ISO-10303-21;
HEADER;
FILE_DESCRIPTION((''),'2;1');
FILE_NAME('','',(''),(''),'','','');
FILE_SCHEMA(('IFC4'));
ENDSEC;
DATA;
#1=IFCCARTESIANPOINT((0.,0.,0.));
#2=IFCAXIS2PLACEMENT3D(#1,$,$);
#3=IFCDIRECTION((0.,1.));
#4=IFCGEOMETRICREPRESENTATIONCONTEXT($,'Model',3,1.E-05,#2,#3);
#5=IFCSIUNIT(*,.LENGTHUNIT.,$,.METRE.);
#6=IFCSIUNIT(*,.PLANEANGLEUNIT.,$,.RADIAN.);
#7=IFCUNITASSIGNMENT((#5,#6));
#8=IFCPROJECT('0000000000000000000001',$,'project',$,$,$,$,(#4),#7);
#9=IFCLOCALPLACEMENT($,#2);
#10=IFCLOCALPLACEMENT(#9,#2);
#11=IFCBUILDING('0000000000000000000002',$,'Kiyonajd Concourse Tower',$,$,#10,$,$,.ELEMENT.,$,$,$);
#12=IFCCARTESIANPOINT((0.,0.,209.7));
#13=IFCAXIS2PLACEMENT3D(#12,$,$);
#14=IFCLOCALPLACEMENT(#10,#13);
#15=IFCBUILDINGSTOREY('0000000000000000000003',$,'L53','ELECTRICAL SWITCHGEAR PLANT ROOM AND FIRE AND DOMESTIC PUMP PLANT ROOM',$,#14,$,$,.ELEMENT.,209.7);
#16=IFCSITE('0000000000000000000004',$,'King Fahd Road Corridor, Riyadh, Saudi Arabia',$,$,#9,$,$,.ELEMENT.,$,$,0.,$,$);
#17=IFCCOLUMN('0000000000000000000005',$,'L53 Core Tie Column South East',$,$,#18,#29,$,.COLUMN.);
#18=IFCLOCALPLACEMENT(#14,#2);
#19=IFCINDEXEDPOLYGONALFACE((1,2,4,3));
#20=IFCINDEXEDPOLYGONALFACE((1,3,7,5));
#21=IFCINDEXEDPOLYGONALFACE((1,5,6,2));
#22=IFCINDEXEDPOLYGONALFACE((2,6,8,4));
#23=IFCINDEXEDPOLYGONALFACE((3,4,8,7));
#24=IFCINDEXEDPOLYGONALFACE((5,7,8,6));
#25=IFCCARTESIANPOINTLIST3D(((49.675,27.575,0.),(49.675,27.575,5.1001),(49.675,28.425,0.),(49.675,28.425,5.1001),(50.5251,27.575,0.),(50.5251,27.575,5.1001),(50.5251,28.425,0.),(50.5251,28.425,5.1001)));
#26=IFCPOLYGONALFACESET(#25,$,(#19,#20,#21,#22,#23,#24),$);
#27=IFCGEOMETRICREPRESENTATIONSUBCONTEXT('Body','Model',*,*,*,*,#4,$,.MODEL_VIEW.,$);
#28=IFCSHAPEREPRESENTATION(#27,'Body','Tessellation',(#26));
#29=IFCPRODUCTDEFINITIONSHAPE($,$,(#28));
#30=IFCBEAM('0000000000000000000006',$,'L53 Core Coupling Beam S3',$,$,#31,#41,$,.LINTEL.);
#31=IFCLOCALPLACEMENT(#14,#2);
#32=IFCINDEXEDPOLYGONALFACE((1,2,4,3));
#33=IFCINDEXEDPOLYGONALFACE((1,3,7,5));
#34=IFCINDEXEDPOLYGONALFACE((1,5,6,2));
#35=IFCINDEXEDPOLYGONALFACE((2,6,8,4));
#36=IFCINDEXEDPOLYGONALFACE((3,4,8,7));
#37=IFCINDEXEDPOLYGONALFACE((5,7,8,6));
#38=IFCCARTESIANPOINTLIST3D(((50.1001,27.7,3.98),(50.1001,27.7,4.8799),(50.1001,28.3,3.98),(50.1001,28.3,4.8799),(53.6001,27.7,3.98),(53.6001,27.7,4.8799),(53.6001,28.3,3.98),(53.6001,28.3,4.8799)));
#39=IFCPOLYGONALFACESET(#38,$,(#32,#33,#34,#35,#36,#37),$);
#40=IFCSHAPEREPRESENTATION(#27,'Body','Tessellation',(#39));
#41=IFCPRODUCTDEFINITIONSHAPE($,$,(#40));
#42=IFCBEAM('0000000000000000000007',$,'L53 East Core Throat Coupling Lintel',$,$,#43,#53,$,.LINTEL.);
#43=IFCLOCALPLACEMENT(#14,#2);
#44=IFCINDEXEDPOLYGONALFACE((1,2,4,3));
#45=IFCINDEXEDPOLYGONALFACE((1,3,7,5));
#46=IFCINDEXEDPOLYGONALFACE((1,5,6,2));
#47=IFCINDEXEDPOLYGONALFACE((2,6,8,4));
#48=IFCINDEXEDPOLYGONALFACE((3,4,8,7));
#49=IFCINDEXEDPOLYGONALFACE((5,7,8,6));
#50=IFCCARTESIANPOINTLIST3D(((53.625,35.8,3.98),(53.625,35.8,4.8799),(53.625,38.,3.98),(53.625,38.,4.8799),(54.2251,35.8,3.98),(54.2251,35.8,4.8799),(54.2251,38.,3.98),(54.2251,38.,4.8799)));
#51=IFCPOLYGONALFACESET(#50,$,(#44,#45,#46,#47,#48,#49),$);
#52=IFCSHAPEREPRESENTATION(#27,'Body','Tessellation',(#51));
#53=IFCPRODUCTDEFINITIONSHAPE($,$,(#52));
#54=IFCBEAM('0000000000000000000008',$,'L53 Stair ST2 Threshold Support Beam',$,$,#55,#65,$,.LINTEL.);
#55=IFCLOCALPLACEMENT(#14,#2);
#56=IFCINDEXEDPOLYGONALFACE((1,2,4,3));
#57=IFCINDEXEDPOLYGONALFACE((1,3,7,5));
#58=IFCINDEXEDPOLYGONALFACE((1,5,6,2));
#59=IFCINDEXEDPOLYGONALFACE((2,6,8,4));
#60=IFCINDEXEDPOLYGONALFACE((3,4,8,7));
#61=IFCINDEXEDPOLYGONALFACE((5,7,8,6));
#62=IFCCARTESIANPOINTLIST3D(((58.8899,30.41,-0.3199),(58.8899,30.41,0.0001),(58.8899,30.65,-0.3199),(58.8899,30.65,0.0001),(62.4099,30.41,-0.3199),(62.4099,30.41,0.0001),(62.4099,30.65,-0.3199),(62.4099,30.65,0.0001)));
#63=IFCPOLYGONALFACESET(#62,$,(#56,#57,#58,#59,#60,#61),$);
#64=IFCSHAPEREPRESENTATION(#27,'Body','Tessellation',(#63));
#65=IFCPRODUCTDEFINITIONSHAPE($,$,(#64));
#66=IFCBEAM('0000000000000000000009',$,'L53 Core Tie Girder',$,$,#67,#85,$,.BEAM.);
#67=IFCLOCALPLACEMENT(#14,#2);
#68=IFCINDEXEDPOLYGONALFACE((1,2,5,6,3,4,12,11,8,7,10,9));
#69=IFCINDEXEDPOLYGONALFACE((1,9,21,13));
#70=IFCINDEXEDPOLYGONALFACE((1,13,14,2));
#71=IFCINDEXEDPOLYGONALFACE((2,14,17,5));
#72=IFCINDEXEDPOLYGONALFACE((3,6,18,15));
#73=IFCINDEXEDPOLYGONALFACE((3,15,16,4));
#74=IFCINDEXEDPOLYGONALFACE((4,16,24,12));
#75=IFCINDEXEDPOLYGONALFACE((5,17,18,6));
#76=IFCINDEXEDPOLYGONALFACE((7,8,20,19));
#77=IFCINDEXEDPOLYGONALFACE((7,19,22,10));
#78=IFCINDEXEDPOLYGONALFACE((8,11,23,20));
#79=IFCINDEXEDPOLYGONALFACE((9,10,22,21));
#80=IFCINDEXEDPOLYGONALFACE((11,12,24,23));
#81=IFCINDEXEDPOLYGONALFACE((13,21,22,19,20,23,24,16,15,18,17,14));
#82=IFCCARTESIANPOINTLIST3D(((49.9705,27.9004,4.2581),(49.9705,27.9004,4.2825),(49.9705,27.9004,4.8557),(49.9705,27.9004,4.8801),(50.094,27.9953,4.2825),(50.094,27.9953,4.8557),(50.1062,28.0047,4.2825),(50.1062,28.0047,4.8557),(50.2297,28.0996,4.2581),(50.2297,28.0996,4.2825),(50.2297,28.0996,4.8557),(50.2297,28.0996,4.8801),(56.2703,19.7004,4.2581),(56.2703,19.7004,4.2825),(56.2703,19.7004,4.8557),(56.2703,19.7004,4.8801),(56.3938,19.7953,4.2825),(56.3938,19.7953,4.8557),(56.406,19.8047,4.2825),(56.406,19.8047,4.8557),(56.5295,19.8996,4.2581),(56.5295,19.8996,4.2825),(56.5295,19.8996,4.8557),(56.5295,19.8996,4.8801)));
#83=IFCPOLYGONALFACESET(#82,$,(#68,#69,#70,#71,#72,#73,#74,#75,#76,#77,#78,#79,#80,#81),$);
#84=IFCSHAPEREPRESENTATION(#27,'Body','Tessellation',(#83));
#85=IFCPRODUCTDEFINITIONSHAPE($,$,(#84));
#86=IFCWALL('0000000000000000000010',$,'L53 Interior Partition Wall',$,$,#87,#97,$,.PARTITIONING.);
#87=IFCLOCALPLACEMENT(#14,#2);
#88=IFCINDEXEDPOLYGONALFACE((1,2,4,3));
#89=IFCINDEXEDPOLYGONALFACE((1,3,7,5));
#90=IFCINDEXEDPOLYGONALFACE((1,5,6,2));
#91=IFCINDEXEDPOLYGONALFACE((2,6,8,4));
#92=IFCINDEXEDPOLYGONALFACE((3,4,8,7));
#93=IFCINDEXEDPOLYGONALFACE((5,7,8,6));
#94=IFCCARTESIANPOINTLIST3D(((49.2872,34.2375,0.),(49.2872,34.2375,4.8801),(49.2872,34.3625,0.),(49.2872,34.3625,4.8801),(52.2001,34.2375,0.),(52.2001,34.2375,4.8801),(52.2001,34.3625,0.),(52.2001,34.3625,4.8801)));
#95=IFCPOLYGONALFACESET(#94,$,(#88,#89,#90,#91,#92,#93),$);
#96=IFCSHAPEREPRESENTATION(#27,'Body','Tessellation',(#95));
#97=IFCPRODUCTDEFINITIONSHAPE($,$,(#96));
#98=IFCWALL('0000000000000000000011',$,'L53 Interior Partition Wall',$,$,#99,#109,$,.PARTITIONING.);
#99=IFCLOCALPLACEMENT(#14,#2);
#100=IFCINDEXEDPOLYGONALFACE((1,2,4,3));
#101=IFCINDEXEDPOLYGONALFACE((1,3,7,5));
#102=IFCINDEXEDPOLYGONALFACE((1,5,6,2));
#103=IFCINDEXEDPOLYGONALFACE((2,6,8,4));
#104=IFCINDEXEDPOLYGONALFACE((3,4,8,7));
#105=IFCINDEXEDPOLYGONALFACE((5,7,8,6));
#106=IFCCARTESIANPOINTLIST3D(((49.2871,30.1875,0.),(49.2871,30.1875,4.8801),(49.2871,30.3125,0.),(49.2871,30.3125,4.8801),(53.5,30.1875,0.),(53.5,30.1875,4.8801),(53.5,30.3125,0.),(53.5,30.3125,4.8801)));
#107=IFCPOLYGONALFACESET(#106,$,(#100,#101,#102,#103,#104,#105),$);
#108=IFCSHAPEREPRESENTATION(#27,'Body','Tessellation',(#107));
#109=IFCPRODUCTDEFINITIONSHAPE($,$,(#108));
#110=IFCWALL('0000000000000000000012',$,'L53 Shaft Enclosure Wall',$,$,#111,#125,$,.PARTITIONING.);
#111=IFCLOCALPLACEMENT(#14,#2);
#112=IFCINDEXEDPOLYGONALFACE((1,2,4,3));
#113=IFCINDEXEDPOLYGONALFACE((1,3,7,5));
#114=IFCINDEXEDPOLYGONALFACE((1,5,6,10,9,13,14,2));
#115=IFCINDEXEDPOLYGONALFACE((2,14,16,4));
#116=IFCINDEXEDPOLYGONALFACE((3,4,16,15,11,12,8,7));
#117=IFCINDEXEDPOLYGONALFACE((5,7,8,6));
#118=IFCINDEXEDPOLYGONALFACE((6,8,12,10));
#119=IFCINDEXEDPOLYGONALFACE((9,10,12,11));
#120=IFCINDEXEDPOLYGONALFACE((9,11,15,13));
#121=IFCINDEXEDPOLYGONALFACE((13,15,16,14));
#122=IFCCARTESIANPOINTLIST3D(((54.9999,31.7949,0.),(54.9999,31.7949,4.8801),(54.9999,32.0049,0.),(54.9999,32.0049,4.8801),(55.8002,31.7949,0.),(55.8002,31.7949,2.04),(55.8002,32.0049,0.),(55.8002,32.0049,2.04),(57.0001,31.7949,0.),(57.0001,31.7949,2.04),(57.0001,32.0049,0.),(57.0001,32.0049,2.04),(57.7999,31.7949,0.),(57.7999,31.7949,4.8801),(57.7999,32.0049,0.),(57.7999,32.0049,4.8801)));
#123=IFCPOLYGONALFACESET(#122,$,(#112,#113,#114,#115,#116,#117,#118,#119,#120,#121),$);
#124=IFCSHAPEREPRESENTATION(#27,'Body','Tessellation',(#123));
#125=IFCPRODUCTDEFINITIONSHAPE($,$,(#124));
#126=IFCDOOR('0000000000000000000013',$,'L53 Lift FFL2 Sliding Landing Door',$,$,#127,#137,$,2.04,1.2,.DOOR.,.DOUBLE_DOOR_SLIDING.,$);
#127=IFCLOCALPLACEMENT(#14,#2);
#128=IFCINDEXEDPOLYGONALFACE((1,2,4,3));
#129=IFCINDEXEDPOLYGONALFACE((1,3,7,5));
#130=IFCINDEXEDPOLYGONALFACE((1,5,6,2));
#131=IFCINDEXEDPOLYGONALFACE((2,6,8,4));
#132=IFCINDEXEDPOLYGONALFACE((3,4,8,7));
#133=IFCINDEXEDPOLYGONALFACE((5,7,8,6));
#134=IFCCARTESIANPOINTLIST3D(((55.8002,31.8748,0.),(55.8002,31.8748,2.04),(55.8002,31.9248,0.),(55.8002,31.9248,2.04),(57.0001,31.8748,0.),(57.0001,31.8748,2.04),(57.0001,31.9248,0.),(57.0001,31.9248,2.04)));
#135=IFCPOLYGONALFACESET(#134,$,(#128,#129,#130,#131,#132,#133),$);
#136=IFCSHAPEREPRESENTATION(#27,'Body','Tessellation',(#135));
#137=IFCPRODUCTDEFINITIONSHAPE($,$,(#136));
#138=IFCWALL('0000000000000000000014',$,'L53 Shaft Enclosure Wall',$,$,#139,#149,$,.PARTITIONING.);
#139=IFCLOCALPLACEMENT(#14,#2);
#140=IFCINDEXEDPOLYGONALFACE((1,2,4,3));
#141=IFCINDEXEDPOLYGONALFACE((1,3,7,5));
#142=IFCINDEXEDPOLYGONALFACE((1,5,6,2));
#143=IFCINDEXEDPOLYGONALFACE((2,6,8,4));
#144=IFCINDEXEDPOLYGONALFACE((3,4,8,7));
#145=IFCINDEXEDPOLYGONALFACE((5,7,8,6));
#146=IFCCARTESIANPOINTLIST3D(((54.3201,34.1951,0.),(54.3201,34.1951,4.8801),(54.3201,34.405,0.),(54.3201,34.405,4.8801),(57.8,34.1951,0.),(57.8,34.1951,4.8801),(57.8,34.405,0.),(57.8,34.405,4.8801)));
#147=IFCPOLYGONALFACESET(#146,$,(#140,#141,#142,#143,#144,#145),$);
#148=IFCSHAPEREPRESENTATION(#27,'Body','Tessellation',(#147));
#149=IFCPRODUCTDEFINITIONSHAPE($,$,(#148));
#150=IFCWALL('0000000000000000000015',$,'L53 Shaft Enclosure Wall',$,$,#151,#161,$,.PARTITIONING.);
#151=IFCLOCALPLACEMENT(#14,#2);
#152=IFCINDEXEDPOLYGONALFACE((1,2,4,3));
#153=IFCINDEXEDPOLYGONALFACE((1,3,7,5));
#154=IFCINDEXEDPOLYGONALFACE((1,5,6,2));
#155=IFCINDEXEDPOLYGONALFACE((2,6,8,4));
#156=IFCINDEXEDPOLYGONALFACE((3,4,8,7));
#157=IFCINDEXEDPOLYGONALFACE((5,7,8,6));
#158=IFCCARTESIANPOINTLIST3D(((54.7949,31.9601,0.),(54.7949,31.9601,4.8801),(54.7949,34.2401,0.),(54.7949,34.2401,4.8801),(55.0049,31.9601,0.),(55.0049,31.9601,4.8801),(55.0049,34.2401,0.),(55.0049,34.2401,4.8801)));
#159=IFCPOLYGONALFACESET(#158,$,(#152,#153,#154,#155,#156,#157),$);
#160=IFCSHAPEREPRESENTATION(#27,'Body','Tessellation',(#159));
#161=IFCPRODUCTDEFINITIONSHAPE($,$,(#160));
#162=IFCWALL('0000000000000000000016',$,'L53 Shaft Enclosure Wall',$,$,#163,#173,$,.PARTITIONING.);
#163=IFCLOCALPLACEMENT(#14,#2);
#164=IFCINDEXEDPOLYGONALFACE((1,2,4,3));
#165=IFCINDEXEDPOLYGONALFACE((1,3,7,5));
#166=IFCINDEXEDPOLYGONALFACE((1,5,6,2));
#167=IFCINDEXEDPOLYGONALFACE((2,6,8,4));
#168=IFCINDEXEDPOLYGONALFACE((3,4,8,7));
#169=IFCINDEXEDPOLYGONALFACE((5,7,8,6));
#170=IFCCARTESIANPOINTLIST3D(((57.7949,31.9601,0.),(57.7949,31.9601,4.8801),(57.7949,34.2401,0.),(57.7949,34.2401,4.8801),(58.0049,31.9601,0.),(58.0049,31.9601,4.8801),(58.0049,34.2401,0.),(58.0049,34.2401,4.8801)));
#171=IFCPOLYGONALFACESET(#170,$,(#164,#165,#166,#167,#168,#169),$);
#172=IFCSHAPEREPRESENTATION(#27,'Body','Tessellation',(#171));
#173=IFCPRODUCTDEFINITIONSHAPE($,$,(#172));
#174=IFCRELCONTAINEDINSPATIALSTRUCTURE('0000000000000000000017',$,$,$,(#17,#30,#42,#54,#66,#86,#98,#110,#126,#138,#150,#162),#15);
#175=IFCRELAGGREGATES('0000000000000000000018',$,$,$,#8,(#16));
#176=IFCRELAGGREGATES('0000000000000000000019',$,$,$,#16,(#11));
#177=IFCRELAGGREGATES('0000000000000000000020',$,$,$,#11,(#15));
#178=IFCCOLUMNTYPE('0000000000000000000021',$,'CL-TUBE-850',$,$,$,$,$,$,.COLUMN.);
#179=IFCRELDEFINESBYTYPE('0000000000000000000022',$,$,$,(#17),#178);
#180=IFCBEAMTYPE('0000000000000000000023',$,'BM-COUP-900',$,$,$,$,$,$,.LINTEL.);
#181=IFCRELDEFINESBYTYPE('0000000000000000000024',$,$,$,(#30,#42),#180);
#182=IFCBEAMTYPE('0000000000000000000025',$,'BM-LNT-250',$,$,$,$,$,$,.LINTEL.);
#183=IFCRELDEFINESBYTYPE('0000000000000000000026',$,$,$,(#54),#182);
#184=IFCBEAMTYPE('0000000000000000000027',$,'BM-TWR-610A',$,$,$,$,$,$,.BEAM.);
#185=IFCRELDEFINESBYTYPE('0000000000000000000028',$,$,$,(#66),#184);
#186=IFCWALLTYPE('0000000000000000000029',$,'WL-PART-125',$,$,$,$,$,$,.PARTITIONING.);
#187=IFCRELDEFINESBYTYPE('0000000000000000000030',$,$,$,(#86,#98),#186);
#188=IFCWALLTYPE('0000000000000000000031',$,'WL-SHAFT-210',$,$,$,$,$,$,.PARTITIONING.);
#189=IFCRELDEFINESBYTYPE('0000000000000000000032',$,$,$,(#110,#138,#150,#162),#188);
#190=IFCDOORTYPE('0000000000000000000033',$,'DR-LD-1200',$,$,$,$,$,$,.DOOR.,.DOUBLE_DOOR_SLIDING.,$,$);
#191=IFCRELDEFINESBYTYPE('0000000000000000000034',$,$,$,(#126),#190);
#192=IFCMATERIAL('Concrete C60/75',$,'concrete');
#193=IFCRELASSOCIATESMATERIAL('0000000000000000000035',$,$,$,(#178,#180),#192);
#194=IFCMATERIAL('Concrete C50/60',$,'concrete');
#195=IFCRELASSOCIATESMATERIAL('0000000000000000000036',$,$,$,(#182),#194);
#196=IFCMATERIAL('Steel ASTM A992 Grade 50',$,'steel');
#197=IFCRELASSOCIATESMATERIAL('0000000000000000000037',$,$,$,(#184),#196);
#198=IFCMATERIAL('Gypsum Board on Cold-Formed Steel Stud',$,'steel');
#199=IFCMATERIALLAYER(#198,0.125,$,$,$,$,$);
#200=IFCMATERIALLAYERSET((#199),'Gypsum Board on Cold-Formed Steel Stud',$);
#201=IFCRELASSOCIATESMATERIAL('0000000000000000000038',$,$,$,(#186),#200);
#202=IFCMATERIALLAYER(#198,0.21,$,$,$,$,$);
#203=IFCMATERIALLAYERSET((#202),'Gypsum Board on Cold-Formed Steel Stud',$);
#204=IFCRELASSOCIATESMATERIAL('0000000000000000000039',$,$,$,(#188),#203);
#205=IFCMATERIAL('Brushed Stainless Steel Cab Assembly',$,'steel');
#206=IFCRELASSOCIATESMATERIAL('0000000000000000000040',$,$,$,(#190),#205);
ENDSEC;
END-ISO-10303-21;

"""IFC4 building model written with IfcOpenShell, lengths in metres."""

from ifc_helpers import new_model, si_unit, direction, frame, frame_2d, origin, origin_2d, place, context, subcontext, project, spatial, rectangle, i_section, extrude, material, layer, layer_set, material_profile, profile_set, type_object, element, fill, save


model = new_model("IFC4")

# Units and contexts
model_context = context("Model", 3, precision=1e-05, world=origin(), true_north=direction((0.0, 1.0)))
body_context = subcontext(model_context, "Body", "Model", "MODEL_VIEW")
ifc_project = project(units=[si_unit("LENGTHUNIT", "METRE"), si_unit("PLANEANGLEUNIT", "RADIAN")], contexts=[model_context])

# Site, building, storey
site_placement = place(None, origin())
site = spatial("IfcSite", under=ifc_project, at=site_placement, Name="King Fahd Road Corridor, Riyadh, Saudi Arabia", CompositionType="ELEMENT", RefElevation=0.0)
building_placement = place(site_placement, origin())
building = spatial("IfcBuilding", under=site, at=building_placement, Name="Kiyonajd Concourse Tower", CompositionType="ELEMENT")
storey_placement = place(building_placement, frame((0.0, 0.0, 209.7)))
storey = spatial("IfcBuildingStorey", under=building, at=storey_placement, Name="L53", Description="ELECTRICAL SWITCHGEAR PLANT ROOM AND FIRE AND DOMESTIC PUMP PLANT ROOM", CompositionType="ELEMENT", Elevation=209.7)

# Column
ifc_material_1 = material(Name="Concrete C60/75", Category="concrete")
ifc_material_profile_1 = material_profile(ifc_material_1, rectangle(XDim=0.8501, YDim=0.8501, at=origin_2d()), Name="RC-850x850")
ifc_profile_set_1 = profile_set([ifc_material_profile_1], Name="Concrete C60/75")
column_type = type_object("IfcColumnType", Name="CL-TUBE-850", PredefinedType="COLUMN", material=ifc_profile_set_1)
column_placement = place(storey_placement, frame((50.1001, 28.0, 0.0), z_axis=(0.0, 0.0, 1.0), x_axis=(1.0, 0.0, 0.0)))
element("IfcColumn", 1, at=column_placement, inside=storey, type_object=column_type, Name="L53 Core Tie Column South East", PredefinedType="COLUMN", context=body_context, shape_type="SweptSolid", body=[
    extrude(rectangle(XDim=0.8501, YDim=0.8501, at=origin_2d()), origin(), (0.0, 0.0, 1.0), 5.1001),
])

# Beams
ifc_material_profile_2 = material_profile(ifc_material_1, rectangle(XDim=0.6001, YDim=0.8999, at=origin_2d()), Name="RCBM-600x900")
ifc_profile_set_2 = profile_set([ifc_material_profile_2], Name="Concrete C60/75")
beam_type_1 = type_object("IfcBeamType", Name="BM-COUP-900", PredefinedType="LINTEL", material=ifc_profile_set_2)
beam_1_placement = place(storey_placement, frame((50.1001, 28.0, 4.4299), z_axis=(1.0, 0.0, 0.0), x_axis=(0.0, 1.0, 0.0)))
element("IfcBeam", 2, at=beam_1_placement, inside=storey, type_object=beam_type_1, Name="L53 Core Coupling Beam S3", PredefinedType="LINTEL", context=body_context, shape_type="SweptSolid", body=[
    extrude(rectangle(XDim=0.6001, YDim=0.8999, at=origin_2d()), origin(), (0.0, 0.0, 1.0), 3.5),
])
beam_2_placement = place(storey_placement, frame((53.925, 35.8, 4.4299), z_axis=(0.0, 1.0, 0.0), x_axis=(-1.0, 0.0, 0.0)))
element("IfcBeam", 3, at=beam_2_placement, inside=storey, type_object=beam_type_1, Name="L53 East Core Throat Coupling Lintel", PredefinedType="LINTEL", context=body_context, shape_type="SweptSolid", body=[
    extrude(rectangle(XDim=0.6001, YDim=0.8999, at=origin_2d()), origin(), (0.0, 0.0, 1.0), 2.2),
])
ifc_material_2 = material(Name="Concrete C50/60", Category="concrete")
ifc_material_profile_3 = material_profile(ifc_material_2, rectangle(XDim=0.24, YDim=0.3201, at=origin_2d()), Name="RCBM-240x320")
ifc_profile_set_3 = profile_set([ifc_material_profile_3], Name="Concrete C50/60")
beam_type_2 = type_object("IfcBeamType", Name="BM-LNT-250", PredefinedType="LINTEL", material=ifc_profile_set_3)
beam_3_placement = place(storey_placement, frame((58.8899, 30.53, -0.1599), z_axis=(1.0, 0.0, 0.0), x_axis=(0.0, 1.0, 0.0)))
element("IfcBeam", 4, at=beam_3_placement, inside=storey, type_object=beam_type_2, Name="L53 Stair ST2 Threshold Support Beam", PredefinedType="LINTEL", context=body_context, shape_type="SweptSolid", body=[
    extrude(rectangle(XDim=0.24, YDim=0.3201, at=origin_2d()), origin(), (0.0, 0.0, 1.0), 3.52),
])
ifc_material_3 = material(Name="Steel ASTM A992 Grade 50", Category="steel")
ifc_material_profile_4 = material_profile(ifc_material_3, i_section(OverallWidth=0.3269, OverallDepth=0.6221, WebThickness=0.0154, FlangeThickness=0.0244, at=origin_2d()), Name="W610X195")
ifc_profile_set_4 = profile_set([ifc_material_profile_4], Name="Steel ASTM A992 Grade 50")
beam_type_3 = type_object("IfcBeamType", Name="BM-TWR-610A", PredefinedType="BEAM", material=ifc_profile_set_4)
beam_4_placement = place(storey_placement, frame((50.1001, 28.0, 4.5691), z_axis=(0.609234, -0.792991, 0.0), x_axis=(0.792991, 0.609234, 0.0)))
element("IfcBeam", 5, at=beam_4_placement, inside=storey, type_object=beam_type_3, Name="L53 Core Tie Girder", PredefinedType="BEAM", context=body_context, shape_type="SweptSolid", body=[
    extrude(i_section(OverallWidth=0.3269, OverallDepth=0.6221, WebThickness=0.0154, FlangeThickness=0.0244, at=origin_2d()), origin(), (0.0, 0.0, 1.0), 10.3406),
])

# Walls
ifc_material_4 = material(Name="Gypsum Board on Cold-Formed Steel Stud", Category="steel")
ifc_layer_1 = layer(ifc_material_4, 0.125)
ifc_layer_set_1 = layer_set([ifc_layer_1], Name="Gypsum Board on Cold-Formed Steel Stud")
wall_type_1 = type_object("IfcWallType", Name="WL-PART-125", PredefinedType="PARTITIONING", material=ifc_layer_set_1)
wall_1_placement = place(storey_placement, frame((49.2871, 34.3, 0.0), z_axis=(0.0, 0.0, 1.0), x_axis=(1.0, 0.0, 0.0)))
element("IfcWall", 6, at=wall_1_placement, inside=storey, type_object=wall_type_1, Name="L53 Interior Partition Wall", PredefinedType="PARTITIONING", context=body_context, shape_type="SweptSolid", body=[
    extrude(rectangle(XDim=2.9128, YDim=0.125, at=frame_2d((1.4565, 0.0))), origin(), (0.0, 0.0, 1.0), 4.8801),
])
wall_2_placement = place(storey_placement, frame((49.2871, 30.25, 0.0), z_axis=(0.0, 0.0, 1.0), x_axis=(1.0, 0.0, 0.0)))
element("IfcWall", 7, at=wall_2_placement, inside=storey, type_object=wall_type_1, Name="L53 Interior Partition Wall", PredefinedType="PARTITIONING", context=body_context, shape_type="SweptSolid", body=[
    extrude(rectangle(XDim=4.2129, YDim=0.125, at=frame_2d((2.1064, 0.0))), origin(), (0.0, 0.0, 1.0), 4.8801),
])

# Wall, opening, door
ifc_layer_2 = layer(ifc_material_4, 0.21)
ifc_layer_set_2 = layer_set([ifc_layer_2], Name="Gypsum Board on Cold-Formed Steel Stud")
wall_type_2 = type_object("IfcWallType", Name="WL-SHAFT-210", PredefinedType="PARTITIONING", material=ifc_layer_set_2)
wall_3_placement = place(storey_placement, frame((55.0, 31.8999, 0.0), z_axis=(0.0, 0.0, 1.0), x_axis=(1.0, 0.0, 0.0)))
wall_3 = element("IfcWall", 8, at=wall_3_placement, inside=storey, type_object=wall_type_2, Name="L53 Shaft Enclosure Wall", PredefinedType="PARTITIONING", context=body_context, shape_type="SweptSolid", body=[
    extrude(rectangle(XDim=2.8, YDim=0.21, at=frame_2d((1.3999, 0.0))), origin(), (0.0, 0.0, 1.0), 4.8801),
])
opening_1_placement = place(wall_3_placement, frame((0.8, 0.0, 0.0)))
opening_1 = element("IfcOpeningElement", 9, at=opening_1_placement, cuts=wall_3, PredefinedType="OPENING", context=body_context, shape_type="SweptSolid", body=[
    extrude(rectangle(XDim=1.2, YDim=2.04, at=frame_2d((0.6001, 1.02))), frame((0.0, 0.115, 0.0), z_axis=(0.0, -1.0, 0.0), x_axis=(1.0, 0.0, 0.0)), (0.0, 0.0, 1.0), 0.23),
])
ifc_material_5 = material(Name="Brushed Stainless Steel Cab Assembly", Category="steel")
door_type_1 = type_object("IfcDoorType", Name="DR-LD-1200", OperationType="DOUBLE_DOOR_SLIDING", PredefinedType="DOOR", material=ifc_material_5)
door_1_placement = place(opening_1_placement, origin())
door_1 = element("IfcDoor", 10, at=door_1_placement, inside=storey, type_object=door_type_1, Name="L53 Lift FFL2 Sliding Landing Door", OperationType="DOUBLE_DOOR_SLIDING", OverallHeight=2.04, OverallWidth=1.2, PredefinedType="DOOR", context=body_context, shape_type="SweptSolid", body=[
    extrude(rectangle(XDim=1.2, YDim=2.04, at=frame_2d((0.6001, 1.02))), frame((0.0, 0.0249, 0.0), z_axis=(0.0, -1.0, 0.0), x_axis=(1.0, 0.0, 0.0)), (0.0, 0.0, 1.0), 0.05),
])
fill(opening_1, door_1)

# Walls
wall_4_placement = place(storey_placement, frame((54.3201, 34.3, 0.0), z_axis=(0.0, 0.0, 1.0), x_axis=(1.0, 0.0, 0.0)))
element("IfcWall", 11, at=wall_4_placement, inside=storey, type_object=wall_type_2, Name="L53 Shaft Enclosure Wall", PredefinedType="PARTITIONING", context=body_context, shape_type="SweptSolid", body=[
    extrude(rectangle(XDim=3.48, YDim=0.21, at=frame_2d((1.74, 0.0))), origin(), (0.0, 0.0, 1.0), 4.8801),
])
for number, where, z_axis, x_axis, name in (
    (12, (54.8999, 31.96, 0.0), (0.0, 0.0, 1.0), (0.0, 1.0, 0.0), "L53 Shaft Enclosure Wall"),
    (13, (57.8999, 31.96, 0.0), (0.0, 0.0, 1.0), (0.0, 1.0, 0.0), "L53 Shaft Enclosure Wall"),
):
    element("IfcWall", number, at=place(storey_placement, frame(where, z_axis=z_axis, x_axis=x_axis)), inside=storey, type_object=wall_type_2, Name=name, PredefinedType="PARTITIONING", context=body_context, shape_type="SweptSolid", body=[
        extrude(rectangle(XDim=2.28, YDim=0.21, at=frame_2d((1.1401, 0.0))), origin(), (0.0, 0.0, 1.0), 4.8801),
    ])

save(model, "model.ifc")
